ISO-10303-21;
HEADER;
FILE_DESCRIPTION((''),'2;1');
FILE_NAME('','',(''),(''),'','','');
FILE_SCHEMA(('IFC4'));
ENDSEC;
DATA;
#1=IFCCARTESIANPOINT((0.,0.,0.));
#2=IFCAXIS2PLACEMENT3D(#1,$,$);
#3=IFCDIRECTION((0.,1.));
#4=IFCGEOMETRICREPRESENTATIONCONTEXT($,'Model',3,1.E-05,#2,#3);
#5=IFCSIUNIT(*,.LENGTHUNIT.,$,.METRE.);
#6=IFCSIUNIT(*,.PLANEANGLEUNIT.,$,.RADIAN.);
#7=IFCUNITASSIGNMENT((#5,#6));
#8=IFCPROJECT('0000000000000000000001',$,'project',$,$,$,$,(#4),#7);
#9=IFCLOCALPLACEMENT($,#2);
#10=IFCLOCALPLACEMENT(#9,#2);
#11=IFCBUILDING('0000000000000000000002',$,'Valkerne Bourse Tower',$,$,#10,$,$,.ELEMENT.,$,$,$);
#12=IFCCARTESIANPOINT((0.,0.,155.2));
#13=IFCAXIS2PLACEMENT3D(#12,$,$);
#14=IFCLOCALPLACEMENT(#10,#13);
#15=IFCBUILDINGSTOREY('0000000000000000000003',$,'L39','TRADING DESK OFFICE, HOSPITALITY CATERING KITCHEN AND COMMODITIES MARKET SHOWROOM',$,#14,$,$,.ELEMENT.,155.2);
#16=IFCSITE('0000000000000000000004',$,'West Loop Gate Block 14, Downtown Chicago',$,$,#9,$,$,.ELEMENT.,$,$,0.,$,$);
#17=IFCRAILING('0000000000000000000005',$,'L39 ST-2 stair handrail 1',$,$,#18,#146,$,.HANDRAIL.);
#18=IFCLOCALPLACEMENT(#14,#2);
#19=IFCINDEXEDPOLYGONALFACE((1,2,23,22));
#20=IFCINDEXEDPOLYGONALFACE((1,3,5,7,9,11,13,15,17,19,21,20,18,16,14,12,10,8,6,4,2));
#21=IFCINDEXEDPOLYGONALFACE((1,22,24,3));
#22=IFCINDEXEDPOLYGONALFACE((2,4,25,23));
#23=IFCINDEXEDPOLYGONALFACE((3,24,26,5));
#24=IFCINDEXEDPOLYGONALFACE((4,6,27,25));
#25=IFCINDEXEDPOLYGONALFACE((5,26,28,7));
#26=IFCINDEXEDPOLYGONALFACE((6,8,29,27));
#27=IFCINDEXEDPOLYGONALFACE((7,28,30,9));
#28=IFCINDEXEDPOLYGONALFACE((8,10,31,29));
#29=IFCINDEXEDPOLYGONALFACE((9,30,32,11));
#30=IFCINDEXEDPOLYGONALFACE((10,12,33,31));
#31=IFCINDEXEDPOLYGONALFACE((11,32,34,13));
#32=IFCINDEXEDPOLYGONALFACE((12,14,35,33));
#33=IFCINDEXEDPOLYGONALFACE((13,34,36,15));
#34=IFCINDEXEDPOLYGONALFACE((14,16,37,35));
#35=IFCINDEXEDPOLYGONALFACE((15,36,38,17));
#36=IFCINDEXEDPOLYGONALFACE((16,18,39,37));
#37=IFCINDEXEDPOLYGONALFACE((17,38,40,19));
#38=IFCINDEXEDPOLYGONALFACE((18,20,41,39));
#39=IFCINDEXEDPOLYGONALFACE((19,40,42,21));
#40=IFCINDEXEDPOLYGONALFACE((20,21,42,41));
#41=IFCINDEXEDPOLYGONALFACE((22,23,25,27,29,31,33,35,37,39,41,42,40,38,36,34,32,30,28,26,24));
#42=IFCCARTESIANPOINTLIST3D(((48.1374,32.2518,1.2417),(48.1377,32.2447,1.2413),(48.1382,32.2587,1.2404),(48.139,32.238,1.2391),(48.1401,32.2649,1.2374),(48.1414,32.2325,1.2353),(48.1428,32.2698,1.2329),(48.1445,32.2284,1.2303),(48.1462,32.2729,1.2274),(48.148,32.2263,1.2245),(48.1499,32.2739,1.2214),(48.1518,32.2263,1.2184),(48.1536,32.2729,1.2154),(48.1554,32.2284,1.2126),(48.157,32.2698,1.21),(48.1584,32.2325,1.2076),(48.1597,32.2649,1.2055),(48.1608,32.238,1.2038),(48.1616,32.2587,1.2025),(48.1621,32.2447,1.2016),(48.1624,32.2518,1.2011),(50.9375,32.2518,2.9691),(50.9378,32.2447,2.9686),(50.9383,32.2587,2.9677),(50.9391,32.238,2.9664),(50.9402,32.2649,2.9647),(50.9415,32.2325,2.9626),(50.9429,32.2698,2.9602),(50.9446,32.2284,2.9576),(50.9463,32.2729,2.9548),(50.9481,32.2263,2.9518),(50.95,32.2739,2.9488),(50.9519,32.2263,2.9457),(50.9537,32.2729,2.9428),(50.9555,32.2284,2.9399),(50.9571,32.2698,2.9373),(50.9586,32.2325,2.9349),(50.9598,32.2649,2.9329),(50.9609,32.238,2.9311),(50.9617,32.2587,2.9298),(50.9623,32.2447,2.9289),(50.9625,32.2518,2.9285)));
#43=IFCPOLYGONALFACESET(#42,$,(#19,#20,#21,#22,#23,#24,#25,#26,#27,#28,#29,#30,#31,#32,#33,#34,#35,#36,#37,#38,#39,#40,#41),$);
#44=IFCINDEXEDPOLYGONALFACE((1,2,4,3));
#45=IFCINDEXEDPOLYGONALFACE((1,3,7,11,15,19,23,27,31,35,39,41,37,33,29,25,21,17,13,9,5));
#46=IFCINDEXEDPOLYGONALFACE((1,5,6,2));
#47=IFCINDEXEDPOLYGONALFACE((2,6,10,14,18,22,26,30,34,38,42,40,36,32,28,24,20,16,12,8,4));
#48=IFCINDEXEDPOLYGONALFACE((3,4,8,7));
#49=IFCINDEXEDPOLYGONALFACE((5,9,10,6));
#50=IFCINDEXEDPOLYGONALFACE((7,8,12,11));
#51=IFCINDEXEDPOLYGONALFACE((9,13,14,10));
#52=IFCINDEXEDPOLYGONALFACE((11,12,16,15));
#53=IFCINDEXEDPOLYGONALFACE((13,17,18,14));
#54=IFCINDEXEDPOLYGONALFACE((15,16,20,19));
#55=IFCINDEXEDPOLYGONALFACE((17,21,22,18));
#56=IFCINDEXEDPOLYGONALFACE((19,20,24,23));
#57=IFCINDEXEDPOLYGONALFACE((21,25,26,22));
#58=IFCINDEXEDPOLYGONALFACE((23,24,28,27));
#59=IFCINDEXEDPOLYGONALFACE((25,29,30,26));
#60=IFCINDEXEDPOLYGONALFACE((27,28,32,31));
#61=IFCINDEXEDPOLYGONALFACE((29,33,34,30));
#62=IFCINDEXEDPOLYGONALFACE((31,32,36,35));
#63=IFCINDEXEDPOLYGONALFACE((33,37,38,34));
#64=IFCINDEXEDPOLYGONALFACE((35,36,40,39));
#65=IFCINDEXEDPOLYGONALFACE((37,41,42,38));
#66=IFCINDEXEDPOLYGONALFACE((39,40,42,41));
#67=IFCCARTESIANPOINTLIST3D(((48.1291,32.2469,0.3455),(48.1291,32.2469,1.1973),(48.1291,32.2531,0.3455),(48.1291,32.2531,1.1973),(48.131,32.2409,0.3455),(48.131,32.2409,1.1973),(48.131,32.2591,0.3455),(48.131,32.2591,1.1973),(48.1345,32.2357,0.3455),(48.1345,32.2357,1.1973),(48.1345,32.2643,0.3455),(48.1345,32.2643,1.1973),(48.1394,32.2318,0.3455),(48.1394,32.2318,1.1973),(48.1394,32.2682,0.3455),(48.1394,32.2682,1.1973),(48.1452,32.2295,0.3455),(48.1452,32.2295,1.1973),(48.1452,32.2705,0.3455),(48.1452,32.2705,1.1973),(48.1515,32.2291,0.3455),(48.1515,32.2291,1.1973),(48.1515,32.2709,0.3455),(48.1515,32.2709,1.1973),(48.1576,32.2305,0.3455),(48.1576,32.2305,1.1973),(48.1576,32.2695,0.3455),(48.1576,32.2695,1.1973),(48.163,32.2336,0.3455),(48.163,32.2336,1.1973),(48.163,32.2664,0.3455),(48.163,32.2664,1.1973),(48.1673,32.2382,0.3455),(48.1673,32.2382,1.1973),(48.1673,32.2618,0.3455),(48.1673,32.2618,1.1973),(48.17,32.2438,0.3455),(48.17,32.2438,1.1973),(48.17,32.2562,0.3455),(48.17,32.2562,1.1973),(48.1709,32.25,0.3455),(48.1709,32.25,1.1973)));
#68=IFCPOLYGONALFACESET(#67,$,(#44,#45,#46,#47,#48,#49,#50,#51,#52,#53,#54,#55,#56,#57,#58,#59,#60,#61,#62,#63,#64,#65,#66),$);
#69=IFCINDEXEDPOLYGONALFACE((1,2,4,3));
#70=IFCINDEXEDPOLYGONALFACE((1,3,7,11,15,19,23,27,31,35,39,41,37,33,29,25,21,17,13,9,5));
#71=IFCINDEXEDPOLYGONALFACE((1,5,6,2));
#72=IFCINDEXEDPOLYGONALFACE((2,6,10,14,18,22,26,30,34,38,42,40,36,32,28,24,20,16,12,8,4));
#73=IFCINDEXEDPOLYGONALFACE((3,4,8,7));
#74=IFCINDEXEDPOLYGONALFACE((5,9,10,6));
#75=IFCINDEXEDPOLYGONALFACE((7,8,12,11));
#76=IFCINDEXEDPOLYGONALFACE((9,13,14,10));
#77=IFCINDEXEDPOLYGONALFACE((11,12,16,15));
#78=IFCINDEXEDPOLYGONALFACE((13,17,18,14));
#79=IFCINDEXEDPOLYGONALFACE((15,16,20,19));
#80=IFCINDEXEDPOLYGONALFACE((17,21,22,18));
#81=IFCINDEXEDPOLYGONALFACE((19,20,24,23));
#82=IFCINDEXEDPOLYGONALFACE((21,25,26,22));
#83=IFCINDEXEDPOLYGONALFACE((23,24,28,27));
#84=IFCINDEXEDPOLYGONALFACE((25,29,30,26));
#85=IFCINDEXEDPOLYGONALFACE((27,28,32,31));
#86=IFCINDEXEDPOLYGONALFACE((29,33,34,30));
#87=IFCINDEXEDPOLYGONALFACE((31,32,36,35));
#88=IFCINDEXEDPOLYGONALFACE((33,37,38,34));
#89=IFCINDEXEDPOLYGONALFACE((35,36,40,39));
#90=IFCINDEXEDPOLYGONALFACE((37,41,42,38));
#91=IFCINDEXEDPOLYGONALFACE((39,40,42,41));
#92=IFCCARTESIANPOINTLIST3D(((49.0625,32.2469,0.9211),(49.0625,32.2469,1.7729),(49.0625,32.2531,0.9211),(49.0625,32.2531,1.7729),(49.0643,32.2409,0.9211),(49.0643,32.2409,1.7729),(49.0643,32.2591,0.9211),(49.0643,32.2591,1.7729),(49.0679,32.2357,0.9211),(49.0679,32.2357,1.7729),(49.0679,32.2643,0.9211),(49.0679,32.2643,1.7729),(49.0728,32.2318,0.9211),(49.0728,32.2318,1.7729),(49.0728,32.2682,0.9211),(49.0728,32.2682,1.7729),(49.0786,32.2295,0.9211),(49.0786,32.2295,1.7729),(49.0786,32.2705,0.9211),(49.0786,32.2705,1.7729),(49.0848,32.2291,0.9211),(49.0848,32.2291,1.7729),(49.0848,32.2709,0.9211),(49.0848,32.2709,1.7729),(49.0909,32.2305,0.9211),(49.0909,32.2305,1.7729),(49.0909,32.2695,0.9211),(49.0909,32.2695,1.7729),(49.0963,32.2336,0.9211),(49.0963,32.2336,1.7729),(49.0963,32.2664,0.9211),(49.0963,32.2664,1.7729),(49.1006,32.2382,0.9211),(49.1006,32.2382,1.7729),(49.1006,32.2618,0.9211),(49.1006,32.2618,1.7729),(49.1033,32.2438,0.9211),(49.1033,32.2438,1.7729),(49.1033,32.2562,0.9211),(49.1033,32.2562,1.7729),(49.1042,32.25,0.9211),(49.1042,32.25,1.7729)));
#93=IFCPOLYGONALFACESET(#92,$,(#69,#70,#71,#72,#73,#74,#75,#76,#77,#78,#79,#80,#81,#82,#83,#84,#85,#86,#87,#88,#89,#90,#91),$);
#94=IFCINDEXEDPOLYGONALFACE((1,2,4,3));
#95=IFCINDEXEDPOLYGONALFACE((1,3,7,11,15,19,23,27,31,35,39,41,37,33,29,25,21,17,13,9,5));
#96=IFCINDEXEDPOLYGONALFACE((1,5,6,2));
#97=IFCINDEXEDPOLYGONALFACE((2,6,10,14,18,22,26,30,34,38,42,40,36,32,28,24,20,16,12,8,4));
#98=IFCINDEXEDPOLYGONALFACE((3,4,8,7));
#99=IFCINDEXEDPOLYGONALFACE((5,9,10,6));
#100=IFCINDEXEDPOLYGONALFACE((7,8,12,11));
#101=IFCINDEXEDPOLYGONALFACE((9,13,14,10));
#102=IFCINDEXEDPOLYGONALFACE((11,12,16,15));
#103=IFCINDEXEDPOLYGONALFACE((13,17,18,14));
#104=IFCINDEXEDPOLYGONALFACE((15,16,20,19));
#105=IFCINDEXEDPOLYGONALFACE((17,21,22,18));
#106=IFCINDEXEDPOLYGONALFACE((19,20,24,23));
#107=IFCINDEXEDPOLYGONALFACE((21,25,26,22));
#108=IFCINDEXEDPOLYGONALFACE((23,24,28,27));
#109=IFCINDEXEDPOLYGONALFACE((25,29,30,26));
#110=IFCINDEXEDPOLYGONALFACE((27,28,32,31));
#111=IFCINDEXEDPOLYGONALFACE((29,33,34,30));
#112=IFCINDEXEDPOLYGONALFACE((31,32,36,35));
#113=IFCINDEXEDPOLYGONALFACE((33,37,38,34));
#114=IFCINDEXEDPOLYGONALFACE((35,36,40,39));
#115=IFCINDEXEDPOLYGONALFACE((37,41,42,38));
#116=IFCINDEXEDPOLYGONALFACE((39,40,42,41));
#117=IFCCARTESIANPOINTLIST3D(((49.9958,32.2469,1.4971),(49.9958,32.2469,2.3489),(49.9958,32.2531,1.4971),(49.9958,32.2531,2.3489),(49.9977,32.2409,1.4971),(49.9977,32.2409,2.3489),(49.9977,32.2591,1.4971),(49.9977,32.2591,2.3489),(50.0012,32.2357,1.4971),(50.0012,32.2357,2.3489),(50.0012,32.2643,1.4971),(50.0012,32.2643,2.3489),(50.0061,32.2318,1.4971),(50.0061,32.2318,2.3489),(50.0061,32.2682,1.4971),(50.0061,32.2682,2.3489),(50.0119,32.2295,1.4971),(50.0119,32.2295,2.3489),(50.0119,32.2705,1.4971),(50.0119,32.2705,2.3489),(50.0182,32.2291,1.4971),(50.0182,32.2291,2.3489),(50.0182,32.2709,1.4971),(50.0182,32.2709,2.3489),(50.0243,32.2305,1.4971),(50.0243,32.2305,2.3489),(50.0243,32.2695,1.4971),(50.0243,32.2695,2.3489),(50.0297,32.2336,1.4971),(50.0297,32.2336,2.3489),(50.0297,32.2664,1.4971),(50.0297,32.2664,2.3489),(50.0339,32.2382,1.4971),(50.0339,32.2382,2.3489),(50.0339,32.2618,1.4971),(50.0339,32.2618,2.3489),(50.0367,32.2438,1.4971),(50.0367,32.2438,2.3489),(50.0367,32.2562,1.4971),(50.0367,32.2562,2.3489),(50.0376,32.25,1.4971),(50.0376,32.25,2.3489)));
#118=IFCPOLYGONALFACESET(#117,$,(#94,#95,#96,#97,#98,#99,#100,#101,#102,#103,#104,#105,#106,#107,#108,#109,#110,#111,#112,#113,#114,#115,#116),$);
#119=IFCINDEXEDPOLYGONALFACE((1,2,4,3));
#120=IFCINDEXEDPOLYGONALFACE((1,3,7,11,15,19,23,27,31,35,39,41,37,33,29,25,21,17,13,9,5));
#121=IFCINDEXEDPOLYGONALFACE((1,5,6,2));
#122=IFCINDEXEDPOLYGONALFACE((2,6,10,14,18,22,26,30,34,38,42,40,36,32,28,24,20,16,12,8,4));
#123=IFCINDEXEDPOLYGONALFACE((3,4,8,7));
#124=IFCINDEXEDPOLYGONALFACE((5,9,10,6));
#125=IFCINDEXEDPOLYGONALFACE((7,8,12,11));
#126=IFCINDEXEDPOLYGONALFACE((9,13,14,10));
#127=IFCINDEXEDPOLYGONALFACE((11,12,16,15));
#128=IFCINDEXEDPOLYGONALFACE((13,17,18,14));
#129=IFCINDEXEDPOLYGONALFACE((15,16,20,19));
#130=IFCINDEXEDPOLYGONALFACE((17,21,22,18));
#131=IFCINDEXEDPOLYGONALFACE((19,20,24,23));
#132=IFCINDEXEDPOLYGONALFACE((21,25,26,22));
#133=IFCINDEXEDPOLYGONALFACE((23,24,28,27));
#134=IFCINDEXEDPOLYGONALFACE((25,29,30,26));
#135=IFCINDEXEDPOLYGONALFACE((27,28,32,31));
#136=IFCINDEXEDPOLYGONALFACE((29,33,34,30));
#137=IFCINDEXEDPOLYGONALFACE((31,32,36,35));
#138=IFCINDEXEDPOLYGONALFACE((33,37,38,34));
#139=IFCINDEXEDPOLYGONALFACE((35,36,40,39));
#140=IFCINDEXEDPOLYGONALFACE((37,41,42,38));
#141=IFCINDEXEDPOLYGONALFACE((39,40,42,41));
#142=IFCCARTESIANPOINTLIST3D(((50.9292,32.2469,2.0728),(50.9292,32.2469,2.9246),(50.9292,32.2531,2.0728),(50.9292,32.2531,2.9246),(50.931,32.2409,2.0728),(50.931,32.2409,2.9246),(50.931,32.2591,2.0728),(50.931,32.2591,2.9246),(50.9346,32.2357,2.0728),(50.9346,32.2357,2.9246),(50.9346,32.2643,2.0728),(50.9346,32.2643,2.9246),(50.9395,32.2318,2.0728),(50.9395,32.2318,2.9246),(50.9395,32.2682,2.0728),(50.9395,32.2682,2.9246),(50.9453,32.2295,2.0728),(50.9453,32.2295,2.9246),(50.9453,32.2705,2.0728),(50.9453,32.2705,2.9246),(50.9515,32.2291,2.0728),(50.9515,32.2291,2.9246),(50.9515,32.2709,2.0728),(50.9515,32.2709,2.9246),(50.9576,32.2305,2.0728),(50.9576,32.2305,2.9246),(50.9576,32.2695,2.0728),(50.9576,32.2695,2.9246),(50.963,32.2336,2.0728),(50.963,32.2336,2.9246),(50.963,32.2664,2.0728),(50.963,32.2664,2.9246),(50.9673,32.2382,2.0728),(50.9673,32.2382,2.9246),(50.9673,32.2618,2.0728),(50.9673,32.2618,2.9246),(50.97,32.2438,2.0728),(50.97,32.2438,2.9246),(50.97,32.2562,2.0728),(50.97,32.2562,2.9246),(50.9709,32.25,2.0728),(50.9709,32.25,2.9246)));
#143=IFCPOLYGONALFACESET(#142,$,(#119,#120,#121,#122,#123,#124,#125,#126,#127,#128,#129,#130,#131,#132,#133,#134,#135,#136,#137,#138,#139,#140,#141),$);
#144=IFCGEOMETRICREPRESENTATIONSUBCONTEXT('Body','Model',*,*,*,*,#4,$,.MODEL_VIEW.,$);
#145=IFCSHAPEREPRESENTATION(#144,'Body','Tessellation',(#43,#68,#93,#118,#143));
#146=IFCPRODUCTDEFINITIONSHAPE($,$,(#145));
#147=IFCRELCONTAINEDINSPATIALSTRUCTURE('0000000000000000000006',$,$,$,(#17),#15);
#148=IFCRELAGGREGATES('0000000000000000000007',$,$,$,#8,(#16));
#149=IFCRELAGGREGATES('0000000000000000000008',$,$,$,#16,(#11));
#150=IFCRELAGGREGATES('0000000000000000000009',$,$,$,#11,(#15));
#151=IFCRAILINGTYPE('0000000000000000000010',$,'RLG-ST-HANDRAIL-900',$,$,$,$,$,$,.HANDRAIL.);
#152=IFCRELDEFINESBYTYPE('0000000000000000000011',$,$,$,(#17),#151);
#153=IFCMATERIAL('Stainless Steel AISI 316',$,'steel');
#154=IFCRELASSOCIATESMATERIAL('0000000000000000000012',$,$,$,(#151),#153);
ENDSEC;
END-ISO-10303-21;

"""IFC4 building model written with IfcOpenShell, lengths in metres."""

from ifc_helpers import new_model, si_unit, direction, frame, origin, origin_2d, place, context, subcontext, project, spatial, circle, extrude, material, type_object, element, save


model = new_model("IFC4")

# Units and contexts
model_context = context("Model", 3, precision=1e-05, world=origin(), true_north=direction((0.0, 1.0)))
body_context = subcontext(model_context, "Body", "Model", "MODEL_VIEW")
ifc_project = project(units=[si_unit("LENGTHUNIT", "METRE"), si_unit("PLANEANGLEUNIT", "RADIAN")], contexts=[model_context])

# Site, building, storey
site_placement = place(None, origin())
site = spatial("IfcSite", under=ifc_project, at=site_placement, Name="West Loop Gate Block 14, Downtown Chicago", CompositionType="ELEMENT", RefElevation=0.0)
building_placement = place(site_placement, origin())
building = spatial("IfcBuilding", under=site, at=building_placement, Name="Valkerne Bourse Tower", CompositionType="ELEMENT")
storey_placement = place(building_placement, frame((0.0, 0.0, 155.2)))
storey = spatial("IfcBuildingStorey", under=building, at=storey_placement, Name="L39", Description="TRADING DESK OFFICE, HOSPITALITY CATERING KITCHEN AND COMMODITIES MARKET SHOWROOM", CompositionType="ELEMENT", Elevation=155.2)

# Shared definitions
ifc_material_1 = material(Name="Stainless Steel AISI 316", Category="steel")

# Railing
railing_type_1 = type_object("IfcRailingType", Name="RLG-ST-HANDRAIL-900", PredefinedType="HANDRAIL", material=ifc_material_1)
railing_1_placement = place(storey_placement, frame((48.1499, 32.25, 0.3455)))
element("IfcRailing", 1, at=railing_1_placement, inside=storey, type_object=railing_type_1, Name="L39 ST-2 stair handrail 1", PredefinedType="HANDRAIL", context=body_context, shape_type="SweptSolid", body=[
    extrude(circle(Radius=0.0239, at=origin_2d()), frame((0.0, 0.0, 0.876), z_axis=(0.85109, 0.0, 0.52502), x_axis=(0.0, 1.0, 0.0)), (0.0, 0.0, 1.0), 3.29),
    extrude(circle(Radius=0.021, at=origin_2d()), origin(), (0.0, 0.0, 1.0), 0.8518),
    extrude(circle(Radius=0.021, at=origin_2d()), frame((0.9333, 0.0, 0.5757)), (0.0, 0.0, 1.0), 0.8518),
    extrude(circle(Radius=0.021, at=origin_2d()), frame((1.8667, 0.0, 1.1516)), (0.0, 0.0, 1.0), 0.8518),
    extrude(circle(Radius=0.021, at=origin_2d()), frame((2.8, 0.0, 1.7273)), (0.0, 0.0, 1.0), 0.8518),
])

save(model, "model.ifc")
